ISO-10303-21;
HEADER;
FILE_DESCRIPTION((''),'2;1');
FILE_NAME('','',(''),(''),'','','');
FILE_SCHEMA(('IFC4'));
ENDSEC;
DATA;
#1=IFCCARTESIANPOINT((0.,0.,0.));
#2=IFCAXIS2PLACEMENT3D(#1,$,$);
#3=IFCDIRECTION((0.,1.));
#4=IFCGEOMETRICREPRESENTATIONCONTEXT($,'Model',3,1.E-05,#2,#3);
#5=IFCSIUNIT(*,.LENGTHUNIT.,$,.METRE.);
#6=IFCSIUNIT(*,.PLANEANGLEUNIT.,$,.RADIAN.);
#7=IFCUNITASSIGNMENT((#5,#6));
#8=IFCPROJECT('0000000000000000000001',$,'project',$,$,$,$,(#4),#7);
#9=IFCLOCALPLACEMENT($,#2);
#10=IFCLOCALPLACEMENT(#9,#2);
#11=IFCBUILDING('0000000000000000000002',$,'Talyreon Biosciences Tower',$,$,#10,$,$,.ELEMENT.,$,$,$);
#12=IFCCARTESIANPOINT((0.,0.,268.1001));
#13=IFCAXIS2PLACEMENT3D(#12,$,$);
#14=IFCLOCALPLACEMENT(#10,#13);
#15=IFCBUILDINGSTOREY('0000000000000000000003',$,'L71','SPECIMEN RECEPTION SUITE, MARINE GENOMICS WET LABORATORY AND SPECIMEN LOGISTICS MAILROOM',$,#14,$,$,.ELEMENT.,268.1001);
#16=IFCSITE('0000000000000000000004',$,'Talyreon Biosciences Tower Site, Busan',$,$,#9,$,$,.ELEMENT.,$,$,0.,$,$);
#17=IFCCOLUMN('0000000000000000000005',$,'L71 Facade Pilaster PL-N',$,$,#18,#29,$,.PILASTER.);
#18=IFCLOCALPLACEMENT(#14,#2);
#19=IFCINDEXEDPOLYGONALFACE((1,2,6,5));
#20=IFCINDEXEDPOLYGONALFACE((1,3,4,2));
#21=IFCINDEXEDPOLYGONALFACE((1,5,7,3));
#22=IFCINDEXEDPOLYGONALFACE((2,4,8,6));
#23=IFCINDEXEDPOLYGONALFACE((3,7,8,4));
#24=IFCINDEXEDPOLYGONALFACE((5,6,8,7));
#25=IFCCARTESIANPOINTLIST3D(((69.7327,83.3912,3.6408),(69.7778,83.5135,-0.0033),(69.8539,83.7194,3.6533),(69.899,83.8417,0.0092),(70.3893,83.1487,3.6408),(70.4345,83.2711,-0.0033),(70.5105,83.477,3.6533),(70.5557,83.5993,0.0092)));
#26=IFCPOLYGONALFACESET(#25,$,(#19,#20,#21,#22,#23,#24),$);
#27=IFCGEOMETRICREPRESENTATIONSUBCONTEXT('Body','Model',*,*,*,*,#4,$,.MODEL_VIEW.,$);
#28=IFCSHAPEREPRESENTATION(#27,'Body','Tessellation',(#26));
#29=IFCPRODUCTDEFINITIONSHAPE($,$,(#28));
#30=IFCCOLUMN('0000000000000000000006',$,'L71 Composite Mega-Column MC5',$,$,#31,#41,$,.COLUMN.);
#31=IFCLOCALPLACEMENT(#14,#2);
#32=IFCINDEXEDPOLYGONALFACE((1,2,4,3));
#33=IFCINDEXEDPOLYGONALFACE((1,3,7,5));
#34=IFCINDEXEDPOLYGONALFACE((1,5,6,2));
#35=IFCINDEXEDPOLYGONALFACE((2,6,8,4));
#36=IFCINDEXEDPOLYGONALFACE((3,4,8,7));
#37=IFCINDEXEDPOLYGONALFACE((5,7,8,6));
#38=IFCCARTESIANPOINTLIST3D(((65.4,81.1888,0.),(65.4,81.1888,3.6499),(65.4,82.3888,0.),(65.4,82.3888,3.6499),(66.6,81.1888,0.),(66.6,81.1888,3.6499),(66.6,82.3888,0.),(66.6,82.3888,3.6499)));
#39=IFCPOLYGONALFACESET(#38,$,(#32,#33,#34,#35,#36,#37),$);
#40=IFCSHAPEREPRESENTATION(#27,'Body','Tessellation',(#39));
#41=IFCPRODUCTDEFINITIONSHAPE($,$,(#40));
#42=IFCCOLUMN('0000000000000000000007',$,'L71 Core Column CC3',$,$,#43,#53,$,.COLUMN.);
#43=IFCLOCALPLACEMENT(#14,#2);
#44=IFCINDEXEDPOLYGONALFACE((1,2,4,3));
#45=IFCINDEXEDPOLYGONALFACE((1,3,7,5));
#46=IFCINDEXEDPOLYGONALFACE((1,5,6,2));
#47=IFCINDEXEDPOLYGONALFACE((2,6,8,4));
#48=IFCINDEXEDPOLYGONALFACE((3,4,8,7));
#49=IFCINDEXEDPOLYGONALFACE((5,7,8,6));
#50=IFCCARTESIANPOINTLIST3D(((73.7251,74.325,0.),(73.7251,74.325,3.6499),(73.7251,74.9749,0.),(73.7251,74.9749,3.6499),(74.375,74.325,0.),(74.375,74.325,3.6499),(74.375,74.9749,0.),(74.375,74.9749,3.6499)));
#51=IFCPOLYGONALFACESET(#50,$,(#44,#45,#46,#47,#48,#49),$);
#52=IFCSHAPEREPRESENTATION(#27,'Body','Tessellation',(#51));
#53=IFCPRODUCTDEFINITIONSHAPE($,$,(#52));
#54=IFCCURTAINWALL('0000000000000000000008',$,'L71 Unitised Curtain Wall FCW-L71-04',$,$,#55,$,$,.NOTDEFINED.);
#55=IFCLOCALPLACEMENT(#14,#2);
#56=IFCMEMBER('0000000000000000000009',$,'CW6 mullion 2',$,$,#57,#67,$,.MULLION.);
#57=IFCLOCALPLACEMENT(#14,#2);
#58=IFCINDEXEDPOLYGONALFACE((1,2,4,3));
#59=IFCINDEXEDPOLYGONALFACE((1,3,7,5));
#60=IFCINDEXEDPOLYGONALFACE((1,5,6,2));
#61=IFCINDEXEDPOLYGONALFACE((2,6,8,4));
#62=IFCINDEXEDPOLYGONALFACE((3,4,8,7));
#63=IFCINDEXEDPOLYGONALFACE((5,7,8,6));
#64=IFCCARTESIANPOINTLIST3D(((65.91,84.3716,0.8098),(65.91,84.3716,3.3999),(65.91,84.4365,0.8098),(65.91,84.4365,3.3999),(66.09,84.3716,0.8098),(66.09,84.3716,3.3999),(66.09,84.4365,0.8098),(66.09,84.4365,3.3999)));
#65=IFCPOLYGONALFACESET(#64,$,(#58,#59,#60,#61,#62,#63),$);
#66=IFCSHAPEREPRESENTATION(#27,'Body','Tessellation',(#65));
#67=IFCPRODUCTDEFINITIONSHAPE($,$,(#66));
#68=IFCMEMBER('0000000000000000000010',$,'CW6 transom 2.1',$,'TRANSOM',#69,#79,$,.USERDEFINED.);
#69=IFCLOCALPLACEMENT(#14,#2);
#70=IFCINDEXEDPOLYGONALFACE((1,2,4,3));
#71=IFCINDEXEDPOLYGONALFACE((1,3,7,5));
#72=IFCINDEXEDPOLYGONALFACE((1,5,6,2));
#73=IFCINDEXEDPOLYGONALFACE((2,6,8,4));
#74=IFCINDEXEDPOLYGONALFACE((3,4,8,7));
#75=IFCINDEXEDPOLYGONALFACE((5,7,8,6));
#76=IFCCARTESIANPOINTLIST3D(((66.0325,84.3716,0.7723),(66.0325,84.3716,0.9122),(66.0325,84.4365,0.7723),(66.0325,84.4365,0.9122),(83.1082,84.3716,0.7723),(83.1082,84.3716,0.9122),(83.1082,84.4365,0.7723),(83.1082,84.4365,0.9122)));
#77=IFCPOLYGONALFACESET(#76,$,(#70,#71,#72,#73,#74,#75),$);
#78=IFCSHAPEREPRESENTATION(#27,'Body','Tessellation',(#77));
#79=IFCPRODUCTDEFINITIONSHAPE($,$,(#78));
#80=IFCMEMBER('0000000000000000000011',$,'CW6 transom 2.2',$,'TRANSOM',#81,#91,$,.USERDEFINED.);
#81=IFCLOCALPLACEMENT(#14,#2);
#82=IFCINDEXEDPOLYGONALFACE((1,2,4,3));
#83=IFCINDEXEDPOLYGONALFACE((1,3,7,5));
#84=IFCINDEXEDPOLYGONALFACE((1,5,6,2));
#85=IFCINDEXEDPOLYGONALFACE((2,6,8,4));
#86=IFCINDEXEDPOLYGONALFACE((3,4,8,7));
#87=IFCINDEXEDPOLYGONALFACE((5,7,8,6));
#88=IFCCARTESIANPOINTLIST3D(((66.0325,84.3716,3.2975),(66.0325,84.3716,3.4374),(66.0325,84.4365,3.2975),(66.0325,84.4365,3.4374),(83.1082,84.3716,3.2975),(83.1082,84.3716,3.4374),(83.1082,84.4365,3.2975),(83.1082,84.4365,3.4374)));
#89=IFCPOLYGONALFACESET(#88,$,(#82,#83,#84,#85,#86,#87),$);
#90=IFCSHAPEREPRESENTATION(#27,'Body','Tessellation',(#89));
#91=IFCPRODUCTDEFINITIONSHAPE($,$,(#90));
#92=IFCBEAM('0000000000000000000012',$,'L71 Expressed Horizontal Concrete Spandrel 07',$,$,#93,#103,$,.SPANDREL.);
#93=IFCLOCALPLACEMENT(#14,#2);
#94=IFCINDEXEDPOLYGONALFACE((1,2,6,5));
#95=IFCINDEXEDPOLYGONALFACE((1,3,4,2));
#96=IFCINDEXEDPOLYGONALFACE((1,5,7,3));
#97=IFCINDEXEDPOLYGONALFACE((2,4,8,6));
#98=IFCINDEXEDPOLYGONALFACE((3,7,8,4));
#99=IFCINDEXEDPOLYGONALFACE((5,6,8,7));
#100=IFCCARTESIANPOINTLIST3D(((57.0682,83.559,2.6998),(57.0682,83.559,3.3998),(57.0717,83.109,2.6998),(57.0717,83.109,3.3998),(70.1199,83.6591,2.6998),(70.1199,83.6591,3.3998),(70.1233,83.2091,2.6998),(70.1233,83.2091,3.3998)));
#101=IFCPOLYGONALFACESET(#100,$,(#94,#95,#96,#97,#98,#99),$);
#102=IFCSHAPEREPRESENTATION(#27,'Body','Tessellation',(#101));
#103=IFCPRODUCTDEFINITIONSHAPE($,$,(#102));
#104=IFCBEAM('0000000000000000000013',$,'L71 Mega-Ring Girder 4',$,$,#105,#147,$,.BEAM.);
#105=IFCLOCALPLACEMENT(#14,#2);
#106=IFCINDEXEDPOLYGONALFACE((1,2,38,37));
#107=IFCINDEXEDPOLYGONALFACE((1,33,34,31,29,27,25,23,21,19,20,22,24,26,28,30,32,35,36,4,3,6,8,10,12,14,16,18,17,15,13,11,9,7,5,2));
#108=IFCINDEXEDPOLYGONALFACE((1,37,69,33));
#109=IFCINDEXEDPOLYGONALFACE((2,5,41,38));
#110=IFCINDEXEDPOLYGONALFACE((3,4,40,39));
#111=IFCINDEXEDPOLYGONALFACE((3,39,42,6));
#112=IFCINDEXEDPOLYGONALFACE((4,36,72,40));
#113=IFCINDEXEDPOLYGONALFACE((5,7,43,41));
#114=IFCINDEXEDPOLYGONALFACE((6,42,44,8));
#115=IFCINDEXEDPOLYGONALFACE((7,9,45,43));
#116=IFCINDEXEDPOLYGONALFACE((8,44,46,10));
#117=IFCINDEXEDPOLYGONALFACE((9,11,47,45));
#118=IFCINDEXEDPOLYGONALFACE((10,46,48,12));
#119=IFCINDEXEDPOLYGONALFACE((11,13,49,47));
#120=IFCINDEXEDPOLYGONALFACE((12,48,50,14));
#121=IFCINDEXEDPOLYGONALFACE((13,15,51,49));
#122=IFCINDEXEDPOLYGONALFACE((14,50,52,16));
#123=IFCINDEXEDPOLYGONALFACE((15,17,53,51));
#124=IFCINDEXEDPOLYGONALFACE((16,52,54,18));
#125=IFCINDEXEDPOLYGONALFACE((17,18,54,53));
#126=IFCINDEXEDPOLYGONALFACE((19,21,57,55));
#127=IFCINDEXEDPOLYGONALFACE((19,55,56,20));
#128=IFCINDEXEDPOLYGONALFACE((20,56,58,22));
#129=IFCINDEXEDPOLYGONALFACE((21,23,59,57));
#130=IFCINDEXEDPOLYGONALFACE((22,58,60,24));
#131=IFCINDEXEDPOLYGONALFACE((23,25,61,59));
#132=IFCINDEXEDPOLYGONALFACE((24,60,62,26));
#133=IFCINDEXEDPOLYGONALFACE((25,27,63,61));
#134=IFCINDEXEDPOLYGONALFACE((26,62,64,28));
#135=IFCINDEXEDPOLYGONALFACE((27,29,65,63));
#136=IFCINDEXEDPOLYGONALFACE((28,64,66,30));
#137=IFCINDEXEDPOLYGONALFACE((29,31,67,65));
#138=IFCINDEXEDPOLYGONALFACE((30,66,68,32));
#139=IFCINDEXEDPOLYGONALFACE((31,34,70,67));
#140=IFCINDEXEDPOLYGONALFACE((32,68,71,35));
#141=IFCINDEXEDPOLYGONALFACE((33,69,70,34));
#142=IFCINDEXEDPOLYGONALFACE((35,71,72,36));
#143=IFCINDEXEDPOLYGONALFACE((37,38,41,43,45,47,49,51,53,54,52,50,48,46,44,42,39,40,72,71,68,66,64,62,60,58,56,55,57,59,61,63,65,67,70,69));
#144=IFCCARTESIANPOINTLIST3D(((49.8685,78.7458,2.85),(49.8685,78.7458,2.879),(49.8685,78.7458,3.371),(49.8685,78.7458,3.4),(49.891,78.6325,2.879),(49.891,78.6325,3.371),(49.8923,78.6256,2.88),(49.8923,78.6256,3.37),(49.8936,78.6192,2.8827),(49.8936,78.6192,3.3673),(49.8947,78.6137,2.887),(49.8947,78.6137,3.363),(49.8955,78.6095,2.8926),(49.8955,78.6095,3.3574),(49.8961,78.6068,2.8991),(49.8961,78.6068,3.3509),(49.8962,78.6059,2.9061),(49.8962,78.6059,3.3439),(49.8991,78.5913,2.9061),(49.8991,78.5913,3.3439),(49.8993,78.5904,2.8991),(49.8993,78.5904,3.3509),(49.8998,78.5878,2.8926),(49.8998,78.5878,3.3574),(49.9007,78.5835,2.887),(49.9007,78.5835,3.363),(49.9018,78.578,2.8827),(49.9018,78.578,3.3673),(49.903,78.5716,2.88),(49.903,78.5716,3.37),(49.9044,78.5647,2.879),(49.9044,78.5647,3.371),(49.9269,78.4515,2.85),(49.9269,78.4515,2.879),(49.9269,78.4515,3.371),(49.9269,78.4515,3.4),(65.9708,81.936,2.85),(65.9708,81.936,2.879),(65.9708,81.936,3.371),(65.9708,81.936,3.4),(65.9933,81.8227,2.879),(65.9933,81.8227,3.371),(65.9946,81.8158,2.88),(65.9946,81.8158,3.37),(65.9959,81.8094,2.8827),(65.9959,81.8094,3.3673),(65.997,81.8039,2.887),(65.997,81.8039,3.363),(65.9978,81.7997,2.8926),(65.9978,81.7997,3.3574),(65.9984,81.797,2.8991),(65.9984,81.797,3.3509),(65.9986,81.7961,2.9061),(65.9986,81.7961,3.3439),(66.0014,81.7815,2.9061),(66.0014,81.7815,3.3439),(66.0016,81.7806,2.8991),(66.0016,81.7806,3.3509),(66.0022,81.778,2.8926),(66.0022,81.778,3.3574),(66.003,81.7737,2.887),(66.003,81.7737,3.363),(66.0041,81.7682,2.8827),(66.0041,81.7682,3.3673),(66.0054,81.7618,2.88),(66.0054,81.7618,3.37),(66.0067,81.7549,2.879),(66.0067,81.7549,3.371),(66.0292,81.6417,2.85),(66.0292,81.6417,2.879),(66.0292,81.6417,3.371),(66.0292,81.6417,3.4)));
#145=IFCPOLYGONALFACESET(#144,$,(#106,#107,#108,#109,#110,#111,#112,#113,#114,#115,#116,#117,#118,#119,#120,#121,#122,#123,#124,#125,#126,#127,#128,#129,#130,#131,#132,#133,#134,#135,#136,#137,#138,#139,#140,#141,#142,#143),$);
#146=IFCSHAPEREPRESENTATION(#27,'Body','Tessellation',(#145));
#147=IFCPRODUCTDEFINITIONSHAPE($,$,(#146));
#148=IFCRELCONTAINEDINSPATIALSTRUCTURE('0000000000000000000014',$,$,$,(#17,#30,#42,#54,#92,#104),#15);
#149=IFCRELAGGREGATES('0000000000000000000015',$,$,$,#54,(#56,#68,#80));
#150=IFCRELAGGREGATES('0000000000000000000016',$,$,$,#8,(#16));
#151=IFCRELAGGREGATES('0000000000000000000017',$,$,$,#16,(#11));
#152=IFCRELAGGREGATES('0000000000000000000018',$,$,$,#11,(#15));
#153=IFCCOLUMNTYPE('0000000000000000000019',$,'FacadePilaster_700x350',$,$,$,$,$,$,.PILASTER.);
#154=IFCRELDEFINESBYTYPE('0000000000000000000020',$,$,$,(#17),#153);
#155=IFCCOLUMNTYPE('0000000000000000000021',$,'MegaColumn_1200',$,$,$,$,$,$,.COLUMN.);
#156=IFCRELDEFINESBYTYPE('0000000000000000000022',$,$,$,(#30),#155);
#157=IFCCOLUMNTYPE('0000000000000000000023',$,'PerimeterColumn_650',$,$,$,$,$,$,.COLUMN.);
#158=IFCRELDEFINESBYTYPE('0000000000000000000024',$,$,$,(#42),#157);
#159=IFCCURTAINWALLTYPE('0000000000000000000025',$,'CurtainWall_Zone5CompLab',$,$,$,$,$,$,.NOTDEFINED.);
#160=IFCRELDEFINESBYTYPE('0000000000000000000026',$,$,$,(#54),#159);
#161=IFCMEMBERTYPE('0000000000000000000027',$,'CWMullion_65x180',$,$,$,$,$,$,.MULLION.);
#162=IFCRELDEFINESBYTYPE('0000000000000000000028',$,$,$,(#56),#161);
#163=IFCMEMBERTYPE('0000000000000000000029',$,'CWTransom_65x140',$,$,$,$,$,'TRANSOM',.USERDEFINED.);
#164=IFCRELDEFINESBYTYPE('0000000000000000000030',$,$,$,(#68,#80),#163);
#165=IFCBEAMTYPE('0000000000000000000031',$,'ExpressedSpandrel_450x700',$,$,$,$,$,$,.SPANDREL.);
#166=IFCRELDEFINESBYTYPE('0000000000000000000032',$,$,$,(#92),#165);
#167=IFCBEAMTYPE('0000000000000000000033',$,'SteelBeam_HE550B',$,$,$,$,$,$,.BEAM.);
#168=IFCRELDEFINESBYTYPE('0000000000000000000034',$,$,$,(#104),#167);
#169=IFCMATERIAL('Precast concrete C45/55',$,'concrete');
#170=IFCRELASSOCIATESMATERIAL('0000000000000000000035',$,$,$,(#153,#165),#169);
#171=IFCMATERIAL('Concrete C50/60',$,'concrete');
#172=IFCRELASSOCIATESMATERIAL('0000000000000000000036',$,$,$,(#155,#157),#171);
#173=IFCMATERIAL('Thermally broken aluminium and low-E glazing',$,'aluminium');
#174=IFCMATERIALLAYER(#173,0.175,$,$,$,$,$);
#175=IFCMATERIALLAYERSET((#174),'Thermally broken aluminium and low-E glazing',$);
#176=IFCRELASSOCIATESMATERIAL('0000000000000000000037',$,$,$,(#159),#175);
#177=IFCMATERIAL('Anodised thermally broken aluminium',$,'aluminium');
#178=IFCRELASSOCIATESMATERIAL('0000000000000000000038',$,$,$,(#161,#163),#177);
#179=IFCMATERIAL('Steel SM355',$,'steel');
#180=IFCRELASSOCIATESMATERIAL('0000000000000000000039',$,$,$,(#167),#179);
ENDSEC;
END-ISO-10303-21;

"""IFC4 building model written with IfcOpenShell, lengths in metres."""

from ifc_helpers import new_model, si_unit, direction, frame, origin, origin_2d, place, context, subcontext, project, spatial, rectangle, i_section, extrude, material, layer, layer_set, material_profile, profile_set, type_object, element, aggregate, save


model = new_model("IFC4")

# Units and contexts
model_context = context("Model", 3, precision=1e-05, world=origin(), true_north=direction((0.0, 1.0)))
body_context = subcontext(model_context, "Body", "Model", "MODEL_VIEW")
ifc_project = project(units=[si_unit("LENGTHUNIT", "METRE"), si_unit("PLANEANGLEUNIT", "RADIAN")], contexts=[model_context])

# Site, building, storey
site_placement = place(None, origin())
site = spatial("IfcSite", under=ifc_project, at=site_placement, Name="Talyreon Biosciences Tower Site, Busan", CompositionType="ELEMENT", RefElevation=0.0)
building_placement = place(site_placement, origin())
building = spatial("IfcBuilding", under=site, at=building_placement, Name="Talyreon Biosciences Tower", CompositionType="ELEMENT")
storey_placement = place(building_placement, frame((0.0, 0.0, 268.1001)))
storey = spatial("IfcBuildingStorey", under=building, at=storey_placement, Name="L71", Description="SPECIMEN RECEPTION SUITE, MARINE GENOMICS WET LABORATORY AND SPECIMEN LOGISTICS MAILROOM", CompositionType="ELEMENT", Elevation=268.1001)

# Columns
ifc_material_1 = material(Name="Precast concrete C45/55", Category="concrete")
ifc_material_profile_1 = material_profile(ifc_material_1, rectangle(XDim=0.7, YDim=0.3501, at=origin_2d()), Name="RC 700x350")
ifc_profile_set_1 = profile_set([ifc_material_profile_1], Name="Precast concrete C45/55")
column_type_1 = type_object("IfcColumnType", Name="FacadePilaster_700x350", PredefinedType="PILASTER", material=ifc_profile_set_1)
column_1_placement = place(storey_placement, frame((70.1667, 83.5564, 0.0029), z_axis=(-0.012387, -0.033544, 0.99936), x_axis=(-0.938087, 0.346399, 0.0)))
element("IfcColumn", 1, at=column_1_placement, inside=storey, type_object=column_type_1, Name="L71 Facade Pilaster PL-N", PredefinedType="PILASTER", context=body_context, shape_type="SweptSolid", body=[
    extrude(rectangle(XDim=0.7, YDim=0.3501, at=origin_2d()), origin(), (0.0, 0.0, 1.0), 3.6465),
])
ifc_material_2 = material(Name="Concrete C50/60", Category="concrete")
ifc_material_profile_2 = material_profile(ifc_material_2, rectangle(XDim=1.2, YDim=1.2, at=origin_2d()), Name="RC 1200x1200")
ifc_profile_set_2 = profile_set([ifc_material_profile_2], Name="Concrete C50/60")
column_type_2 = type_object("IfcColumnType", Name="MegaColumn_1200", PredefinedType="COLUMN", material=ifc_profile_set_2)
column_2_placement = place(storey_placement, frame((66.0, 81.7888, 0.0), z_axis=(0.0, 0.0, 1.0), x_axis=(1.0, 0.0, 0.0)))
element("IfcColumn", 2, at=column_2_placement, inside=storey, type_object=column_type_2, Name="L71 Composite Mega-Column MC5", PredefinedType="COLUMN", context=body_context, shape_type="SweptSolid", body=[
    extrude(rectangle(XDim=1.2, YDim=1.2, at=origin_2d()), origin(), (0.0, 0.0, 1.0), 3.6499),
])
ifc_material_profile_3 = material_profile(ifc_material_2, rectangle(XDim=0.6499, YDim=0.6499, at=origin_2d()), Name="RC 650x650")
ifc_profile_set_3 = profile_set([ifc_material_profile_3], Name="Concrete C50/60")
column_type_3 = type_object("IfcColumnType", Name="PerimeterColumn_650", PredefinedType="COLUMN", material=ifc_profile_set_3)
column_3_placement = place(storey_placement, frame((74.05, 74.6499, 0.0), z_axis=(0.0, 0.0, 1.0), x_axis=(1.0, 0.0, 0.0)))
element("IfcColumn", 3, at=column_3_placement, inside=storey, type_object=column_type_3, Name="L71 Core Column CC3", PredefinedType="COLUMN", context=body_context, shape_type="SweptSolid", body=[
    extrude(rectangle(XDim=0.6499, YDim=0.6499, at=origin_2d()), origin(), (0.0, 0.0, 1.0), 3.6499),
])

# Curtain wall, members
ifc_material_3 = material(Name="Thermally broken aluminium and low-E glazing", Category="aluminium")
ifc_layer_1 = layer(ifc_material_3, 0.175)
ifc_layer_set_1 = layer_set([ifc_layer_1], Name="Thermally broken aluminium and low-E glazing")
curtain_wall_type = type_object("IfcCurtainWallType", Name="CurtainWall_Zone5CompLab", PredefinedType="NOTDEFINED", material=ifc_layer_set_1)
curtain_wall_placement = place(storey_placement, origin())
curtain_wall = element("IfcCurtainWall", 4, at=curtain_wall_placement, inside=storey, type_object=curtain_wall_type, Name="L71 Unitised Curtain Wall FCW-L71-04", PredefinedType="NOTDEFINED")
ifc_material_4 = material(Name="Anodised thermally broken aluminium", Category="aluminium")
ifc_material_profile_4 = material_profile(ifc_material_4, rectangle(XDim=0.0649, YDim=0.1799, at=origin_2d()), Name="ALUM MULLION 65x180")
ifc_profile_set_4 = profile_set([ifc_material_profile_4], Name="Anodised thermally broken aluminium")
member_type_1 = type_object("IfcMemberType", Name="CWMullion_65x180", PredefinedType="MULLION", material=ifc_profile_set_4)
member_1_placement = place(storey_placement, frame((66.0, 84.4041, 0.8098), z_axis=(0.0, 0.0, 1.0), x_axis=(0.0, 1.0, 0.0)))
member_1 = element("IfcMember", 5, at=member_1_placement, type_object=member_type_1, Name="CW6 mullion 2", PredefinedType="MULLION", context=body_context, shape_type="SweptSolid", body=[
    extrude(rectangle(XDim=0.0649, YDim=0.1799, at=origin_2d()), origin(), (0.0, 0.0, 1.0), 2.5901),
])
ifc_material_profile_5 = material_profile(ifc_material_4, rectangle(XDim=0.0649, YDim=0.1399, at=origin_2d()), Name="ALUM TRANSOM 65x140")
ifc_profile_set_5 = profile_set([ifc_material_profile_5], Name="Anodised thermally broken aluminium")
member_type_2 = type_object("IfcMemberType", Name="CWTransom_65x140", ElementType="TRANSOM", PredefinedType="USERDEFINED", material=ifc_profile_set_5)
member_2_placement = place(storey_placement, frame((66.0325, 84.4041, 0.8423), z_axis=(1.0, 0.0, 0.0), x_axis=(0.0, 1.0, 0.0)))
member_2 = element("IfcMember", 6, at=member_2_placement, type_object=member_type_2, Name="CW6 transom 2.1", ObjectType="TRANSOM", PredefinedType="USERDEFINED", context=body_context, shape_type="SweptSolid", body=[
    extrude(rectangle(XDim=0.0649, YDim=0.1399, at=origin_2d()), origin(), (0.0, 0.0, 1.0), 17.0757),
])
member_3_placement = place(storey_placement, frame((66.0325, 84.4041, 3.3674), z_axis=(1.0, 0.0, 0.0), x_axis=(0.0, 1.0, 0.0)))
member_3 = element("IfcMember", 7, at=member_3_placement, type_object=member_type_2, Name="CW6 transom 2.2", ObjectType="TRANSOM", PredefinedType="USERDEFINED", context=body_context, shape_type="SweptSolid", body=[
    extrude(rectangle(XDim=0.0649, YDim=0.1399, at=origin_2d()), origin(), (0.0, 0.0, 1.0), 17.0757),
])
aggregate(curtain_wall, [member_1, member_2, member_3])

# Beams
ifc_material_profile_6 = material_profile(ifc_material_1, rectangle(XDim=0.45, YDim=0.7, at=origin_2d()), Name="RCB 450x700")
ifc_profile_set_6 = profile_set([ifc_material_profile_6], Name="Precast concrete C45/55")
beam_type_1 = type_object("IfcBeamType", Name="ExpressedSpandrel_450x700", PredefinedType="SPANDREL", material=ifc_profile_set_6)
beam_1_placement = place(storey_placement, frame((70.1216, 83.4341, 3.0498), z_axis=(-0.999971, -0.007669, 0.0), x_axis=(0.007669, -0.999971, 0.0)))
element("IfcBeam", 8, at=beam_1_placement, inside=storey, type_object=beam_type_1, Name="L71 Expressed Horizontal Concrete Spandrel 07", PredefinedType="SPANDREL", context=body_context, shape_type="SweptSolid", body=[
    extrude(rectangle(XDim=0.45, YDim=0.7, at=origin_2d()), origin(), (0.0, 0.0, 1.0), 13.052),
])
ifc_material_5 = material(Name="Steel SM355", Category="steel")
ifc_material_profile_7 = material_profile(ifc_material_5, i_section(OverallWidth=0.3, OverallDepth=0.55, WebThickness=0.0149, FlangeThickness=0.0291, FilletRadius=0.0271, at=origin_2d()), Name="HE550B")
ifc_profile_set_7 = profile_set([ifc_material_profile_7], Name="Steel SM355")
beam_type_2 = type_object("IfcBeamType", Name="SteelBeam_HE550B", PredefinedType="BEAM", material=ifc_profile_set_7)
beam_2_placement = place(storey_placement, frame((66.0, 81.7888, 3.125), z_axis=(-0.980934, -0.194343, 0.0), x_axis=(0.194343, -0.980934, 0.0)))
element("IfcBeam", 9, at=beam_2_placement, inside=storey, type_object=beam_type_2, Name="L71 Mega-Ring Girder 4", PredefinedType="BEAM", context=body_context, shape_type="SweptSolid", body=[
    extrude(i_section(OverallWidth=0.3, OverallDepth=0.55, WebThickness=0.0149, FlangeThickness=0.0291, FilletRadius=0.0271, at=origin_2d()), origin(), (0.0, 0.0, 1.0), 16.4153),
])

save(model, "model.ifc")
